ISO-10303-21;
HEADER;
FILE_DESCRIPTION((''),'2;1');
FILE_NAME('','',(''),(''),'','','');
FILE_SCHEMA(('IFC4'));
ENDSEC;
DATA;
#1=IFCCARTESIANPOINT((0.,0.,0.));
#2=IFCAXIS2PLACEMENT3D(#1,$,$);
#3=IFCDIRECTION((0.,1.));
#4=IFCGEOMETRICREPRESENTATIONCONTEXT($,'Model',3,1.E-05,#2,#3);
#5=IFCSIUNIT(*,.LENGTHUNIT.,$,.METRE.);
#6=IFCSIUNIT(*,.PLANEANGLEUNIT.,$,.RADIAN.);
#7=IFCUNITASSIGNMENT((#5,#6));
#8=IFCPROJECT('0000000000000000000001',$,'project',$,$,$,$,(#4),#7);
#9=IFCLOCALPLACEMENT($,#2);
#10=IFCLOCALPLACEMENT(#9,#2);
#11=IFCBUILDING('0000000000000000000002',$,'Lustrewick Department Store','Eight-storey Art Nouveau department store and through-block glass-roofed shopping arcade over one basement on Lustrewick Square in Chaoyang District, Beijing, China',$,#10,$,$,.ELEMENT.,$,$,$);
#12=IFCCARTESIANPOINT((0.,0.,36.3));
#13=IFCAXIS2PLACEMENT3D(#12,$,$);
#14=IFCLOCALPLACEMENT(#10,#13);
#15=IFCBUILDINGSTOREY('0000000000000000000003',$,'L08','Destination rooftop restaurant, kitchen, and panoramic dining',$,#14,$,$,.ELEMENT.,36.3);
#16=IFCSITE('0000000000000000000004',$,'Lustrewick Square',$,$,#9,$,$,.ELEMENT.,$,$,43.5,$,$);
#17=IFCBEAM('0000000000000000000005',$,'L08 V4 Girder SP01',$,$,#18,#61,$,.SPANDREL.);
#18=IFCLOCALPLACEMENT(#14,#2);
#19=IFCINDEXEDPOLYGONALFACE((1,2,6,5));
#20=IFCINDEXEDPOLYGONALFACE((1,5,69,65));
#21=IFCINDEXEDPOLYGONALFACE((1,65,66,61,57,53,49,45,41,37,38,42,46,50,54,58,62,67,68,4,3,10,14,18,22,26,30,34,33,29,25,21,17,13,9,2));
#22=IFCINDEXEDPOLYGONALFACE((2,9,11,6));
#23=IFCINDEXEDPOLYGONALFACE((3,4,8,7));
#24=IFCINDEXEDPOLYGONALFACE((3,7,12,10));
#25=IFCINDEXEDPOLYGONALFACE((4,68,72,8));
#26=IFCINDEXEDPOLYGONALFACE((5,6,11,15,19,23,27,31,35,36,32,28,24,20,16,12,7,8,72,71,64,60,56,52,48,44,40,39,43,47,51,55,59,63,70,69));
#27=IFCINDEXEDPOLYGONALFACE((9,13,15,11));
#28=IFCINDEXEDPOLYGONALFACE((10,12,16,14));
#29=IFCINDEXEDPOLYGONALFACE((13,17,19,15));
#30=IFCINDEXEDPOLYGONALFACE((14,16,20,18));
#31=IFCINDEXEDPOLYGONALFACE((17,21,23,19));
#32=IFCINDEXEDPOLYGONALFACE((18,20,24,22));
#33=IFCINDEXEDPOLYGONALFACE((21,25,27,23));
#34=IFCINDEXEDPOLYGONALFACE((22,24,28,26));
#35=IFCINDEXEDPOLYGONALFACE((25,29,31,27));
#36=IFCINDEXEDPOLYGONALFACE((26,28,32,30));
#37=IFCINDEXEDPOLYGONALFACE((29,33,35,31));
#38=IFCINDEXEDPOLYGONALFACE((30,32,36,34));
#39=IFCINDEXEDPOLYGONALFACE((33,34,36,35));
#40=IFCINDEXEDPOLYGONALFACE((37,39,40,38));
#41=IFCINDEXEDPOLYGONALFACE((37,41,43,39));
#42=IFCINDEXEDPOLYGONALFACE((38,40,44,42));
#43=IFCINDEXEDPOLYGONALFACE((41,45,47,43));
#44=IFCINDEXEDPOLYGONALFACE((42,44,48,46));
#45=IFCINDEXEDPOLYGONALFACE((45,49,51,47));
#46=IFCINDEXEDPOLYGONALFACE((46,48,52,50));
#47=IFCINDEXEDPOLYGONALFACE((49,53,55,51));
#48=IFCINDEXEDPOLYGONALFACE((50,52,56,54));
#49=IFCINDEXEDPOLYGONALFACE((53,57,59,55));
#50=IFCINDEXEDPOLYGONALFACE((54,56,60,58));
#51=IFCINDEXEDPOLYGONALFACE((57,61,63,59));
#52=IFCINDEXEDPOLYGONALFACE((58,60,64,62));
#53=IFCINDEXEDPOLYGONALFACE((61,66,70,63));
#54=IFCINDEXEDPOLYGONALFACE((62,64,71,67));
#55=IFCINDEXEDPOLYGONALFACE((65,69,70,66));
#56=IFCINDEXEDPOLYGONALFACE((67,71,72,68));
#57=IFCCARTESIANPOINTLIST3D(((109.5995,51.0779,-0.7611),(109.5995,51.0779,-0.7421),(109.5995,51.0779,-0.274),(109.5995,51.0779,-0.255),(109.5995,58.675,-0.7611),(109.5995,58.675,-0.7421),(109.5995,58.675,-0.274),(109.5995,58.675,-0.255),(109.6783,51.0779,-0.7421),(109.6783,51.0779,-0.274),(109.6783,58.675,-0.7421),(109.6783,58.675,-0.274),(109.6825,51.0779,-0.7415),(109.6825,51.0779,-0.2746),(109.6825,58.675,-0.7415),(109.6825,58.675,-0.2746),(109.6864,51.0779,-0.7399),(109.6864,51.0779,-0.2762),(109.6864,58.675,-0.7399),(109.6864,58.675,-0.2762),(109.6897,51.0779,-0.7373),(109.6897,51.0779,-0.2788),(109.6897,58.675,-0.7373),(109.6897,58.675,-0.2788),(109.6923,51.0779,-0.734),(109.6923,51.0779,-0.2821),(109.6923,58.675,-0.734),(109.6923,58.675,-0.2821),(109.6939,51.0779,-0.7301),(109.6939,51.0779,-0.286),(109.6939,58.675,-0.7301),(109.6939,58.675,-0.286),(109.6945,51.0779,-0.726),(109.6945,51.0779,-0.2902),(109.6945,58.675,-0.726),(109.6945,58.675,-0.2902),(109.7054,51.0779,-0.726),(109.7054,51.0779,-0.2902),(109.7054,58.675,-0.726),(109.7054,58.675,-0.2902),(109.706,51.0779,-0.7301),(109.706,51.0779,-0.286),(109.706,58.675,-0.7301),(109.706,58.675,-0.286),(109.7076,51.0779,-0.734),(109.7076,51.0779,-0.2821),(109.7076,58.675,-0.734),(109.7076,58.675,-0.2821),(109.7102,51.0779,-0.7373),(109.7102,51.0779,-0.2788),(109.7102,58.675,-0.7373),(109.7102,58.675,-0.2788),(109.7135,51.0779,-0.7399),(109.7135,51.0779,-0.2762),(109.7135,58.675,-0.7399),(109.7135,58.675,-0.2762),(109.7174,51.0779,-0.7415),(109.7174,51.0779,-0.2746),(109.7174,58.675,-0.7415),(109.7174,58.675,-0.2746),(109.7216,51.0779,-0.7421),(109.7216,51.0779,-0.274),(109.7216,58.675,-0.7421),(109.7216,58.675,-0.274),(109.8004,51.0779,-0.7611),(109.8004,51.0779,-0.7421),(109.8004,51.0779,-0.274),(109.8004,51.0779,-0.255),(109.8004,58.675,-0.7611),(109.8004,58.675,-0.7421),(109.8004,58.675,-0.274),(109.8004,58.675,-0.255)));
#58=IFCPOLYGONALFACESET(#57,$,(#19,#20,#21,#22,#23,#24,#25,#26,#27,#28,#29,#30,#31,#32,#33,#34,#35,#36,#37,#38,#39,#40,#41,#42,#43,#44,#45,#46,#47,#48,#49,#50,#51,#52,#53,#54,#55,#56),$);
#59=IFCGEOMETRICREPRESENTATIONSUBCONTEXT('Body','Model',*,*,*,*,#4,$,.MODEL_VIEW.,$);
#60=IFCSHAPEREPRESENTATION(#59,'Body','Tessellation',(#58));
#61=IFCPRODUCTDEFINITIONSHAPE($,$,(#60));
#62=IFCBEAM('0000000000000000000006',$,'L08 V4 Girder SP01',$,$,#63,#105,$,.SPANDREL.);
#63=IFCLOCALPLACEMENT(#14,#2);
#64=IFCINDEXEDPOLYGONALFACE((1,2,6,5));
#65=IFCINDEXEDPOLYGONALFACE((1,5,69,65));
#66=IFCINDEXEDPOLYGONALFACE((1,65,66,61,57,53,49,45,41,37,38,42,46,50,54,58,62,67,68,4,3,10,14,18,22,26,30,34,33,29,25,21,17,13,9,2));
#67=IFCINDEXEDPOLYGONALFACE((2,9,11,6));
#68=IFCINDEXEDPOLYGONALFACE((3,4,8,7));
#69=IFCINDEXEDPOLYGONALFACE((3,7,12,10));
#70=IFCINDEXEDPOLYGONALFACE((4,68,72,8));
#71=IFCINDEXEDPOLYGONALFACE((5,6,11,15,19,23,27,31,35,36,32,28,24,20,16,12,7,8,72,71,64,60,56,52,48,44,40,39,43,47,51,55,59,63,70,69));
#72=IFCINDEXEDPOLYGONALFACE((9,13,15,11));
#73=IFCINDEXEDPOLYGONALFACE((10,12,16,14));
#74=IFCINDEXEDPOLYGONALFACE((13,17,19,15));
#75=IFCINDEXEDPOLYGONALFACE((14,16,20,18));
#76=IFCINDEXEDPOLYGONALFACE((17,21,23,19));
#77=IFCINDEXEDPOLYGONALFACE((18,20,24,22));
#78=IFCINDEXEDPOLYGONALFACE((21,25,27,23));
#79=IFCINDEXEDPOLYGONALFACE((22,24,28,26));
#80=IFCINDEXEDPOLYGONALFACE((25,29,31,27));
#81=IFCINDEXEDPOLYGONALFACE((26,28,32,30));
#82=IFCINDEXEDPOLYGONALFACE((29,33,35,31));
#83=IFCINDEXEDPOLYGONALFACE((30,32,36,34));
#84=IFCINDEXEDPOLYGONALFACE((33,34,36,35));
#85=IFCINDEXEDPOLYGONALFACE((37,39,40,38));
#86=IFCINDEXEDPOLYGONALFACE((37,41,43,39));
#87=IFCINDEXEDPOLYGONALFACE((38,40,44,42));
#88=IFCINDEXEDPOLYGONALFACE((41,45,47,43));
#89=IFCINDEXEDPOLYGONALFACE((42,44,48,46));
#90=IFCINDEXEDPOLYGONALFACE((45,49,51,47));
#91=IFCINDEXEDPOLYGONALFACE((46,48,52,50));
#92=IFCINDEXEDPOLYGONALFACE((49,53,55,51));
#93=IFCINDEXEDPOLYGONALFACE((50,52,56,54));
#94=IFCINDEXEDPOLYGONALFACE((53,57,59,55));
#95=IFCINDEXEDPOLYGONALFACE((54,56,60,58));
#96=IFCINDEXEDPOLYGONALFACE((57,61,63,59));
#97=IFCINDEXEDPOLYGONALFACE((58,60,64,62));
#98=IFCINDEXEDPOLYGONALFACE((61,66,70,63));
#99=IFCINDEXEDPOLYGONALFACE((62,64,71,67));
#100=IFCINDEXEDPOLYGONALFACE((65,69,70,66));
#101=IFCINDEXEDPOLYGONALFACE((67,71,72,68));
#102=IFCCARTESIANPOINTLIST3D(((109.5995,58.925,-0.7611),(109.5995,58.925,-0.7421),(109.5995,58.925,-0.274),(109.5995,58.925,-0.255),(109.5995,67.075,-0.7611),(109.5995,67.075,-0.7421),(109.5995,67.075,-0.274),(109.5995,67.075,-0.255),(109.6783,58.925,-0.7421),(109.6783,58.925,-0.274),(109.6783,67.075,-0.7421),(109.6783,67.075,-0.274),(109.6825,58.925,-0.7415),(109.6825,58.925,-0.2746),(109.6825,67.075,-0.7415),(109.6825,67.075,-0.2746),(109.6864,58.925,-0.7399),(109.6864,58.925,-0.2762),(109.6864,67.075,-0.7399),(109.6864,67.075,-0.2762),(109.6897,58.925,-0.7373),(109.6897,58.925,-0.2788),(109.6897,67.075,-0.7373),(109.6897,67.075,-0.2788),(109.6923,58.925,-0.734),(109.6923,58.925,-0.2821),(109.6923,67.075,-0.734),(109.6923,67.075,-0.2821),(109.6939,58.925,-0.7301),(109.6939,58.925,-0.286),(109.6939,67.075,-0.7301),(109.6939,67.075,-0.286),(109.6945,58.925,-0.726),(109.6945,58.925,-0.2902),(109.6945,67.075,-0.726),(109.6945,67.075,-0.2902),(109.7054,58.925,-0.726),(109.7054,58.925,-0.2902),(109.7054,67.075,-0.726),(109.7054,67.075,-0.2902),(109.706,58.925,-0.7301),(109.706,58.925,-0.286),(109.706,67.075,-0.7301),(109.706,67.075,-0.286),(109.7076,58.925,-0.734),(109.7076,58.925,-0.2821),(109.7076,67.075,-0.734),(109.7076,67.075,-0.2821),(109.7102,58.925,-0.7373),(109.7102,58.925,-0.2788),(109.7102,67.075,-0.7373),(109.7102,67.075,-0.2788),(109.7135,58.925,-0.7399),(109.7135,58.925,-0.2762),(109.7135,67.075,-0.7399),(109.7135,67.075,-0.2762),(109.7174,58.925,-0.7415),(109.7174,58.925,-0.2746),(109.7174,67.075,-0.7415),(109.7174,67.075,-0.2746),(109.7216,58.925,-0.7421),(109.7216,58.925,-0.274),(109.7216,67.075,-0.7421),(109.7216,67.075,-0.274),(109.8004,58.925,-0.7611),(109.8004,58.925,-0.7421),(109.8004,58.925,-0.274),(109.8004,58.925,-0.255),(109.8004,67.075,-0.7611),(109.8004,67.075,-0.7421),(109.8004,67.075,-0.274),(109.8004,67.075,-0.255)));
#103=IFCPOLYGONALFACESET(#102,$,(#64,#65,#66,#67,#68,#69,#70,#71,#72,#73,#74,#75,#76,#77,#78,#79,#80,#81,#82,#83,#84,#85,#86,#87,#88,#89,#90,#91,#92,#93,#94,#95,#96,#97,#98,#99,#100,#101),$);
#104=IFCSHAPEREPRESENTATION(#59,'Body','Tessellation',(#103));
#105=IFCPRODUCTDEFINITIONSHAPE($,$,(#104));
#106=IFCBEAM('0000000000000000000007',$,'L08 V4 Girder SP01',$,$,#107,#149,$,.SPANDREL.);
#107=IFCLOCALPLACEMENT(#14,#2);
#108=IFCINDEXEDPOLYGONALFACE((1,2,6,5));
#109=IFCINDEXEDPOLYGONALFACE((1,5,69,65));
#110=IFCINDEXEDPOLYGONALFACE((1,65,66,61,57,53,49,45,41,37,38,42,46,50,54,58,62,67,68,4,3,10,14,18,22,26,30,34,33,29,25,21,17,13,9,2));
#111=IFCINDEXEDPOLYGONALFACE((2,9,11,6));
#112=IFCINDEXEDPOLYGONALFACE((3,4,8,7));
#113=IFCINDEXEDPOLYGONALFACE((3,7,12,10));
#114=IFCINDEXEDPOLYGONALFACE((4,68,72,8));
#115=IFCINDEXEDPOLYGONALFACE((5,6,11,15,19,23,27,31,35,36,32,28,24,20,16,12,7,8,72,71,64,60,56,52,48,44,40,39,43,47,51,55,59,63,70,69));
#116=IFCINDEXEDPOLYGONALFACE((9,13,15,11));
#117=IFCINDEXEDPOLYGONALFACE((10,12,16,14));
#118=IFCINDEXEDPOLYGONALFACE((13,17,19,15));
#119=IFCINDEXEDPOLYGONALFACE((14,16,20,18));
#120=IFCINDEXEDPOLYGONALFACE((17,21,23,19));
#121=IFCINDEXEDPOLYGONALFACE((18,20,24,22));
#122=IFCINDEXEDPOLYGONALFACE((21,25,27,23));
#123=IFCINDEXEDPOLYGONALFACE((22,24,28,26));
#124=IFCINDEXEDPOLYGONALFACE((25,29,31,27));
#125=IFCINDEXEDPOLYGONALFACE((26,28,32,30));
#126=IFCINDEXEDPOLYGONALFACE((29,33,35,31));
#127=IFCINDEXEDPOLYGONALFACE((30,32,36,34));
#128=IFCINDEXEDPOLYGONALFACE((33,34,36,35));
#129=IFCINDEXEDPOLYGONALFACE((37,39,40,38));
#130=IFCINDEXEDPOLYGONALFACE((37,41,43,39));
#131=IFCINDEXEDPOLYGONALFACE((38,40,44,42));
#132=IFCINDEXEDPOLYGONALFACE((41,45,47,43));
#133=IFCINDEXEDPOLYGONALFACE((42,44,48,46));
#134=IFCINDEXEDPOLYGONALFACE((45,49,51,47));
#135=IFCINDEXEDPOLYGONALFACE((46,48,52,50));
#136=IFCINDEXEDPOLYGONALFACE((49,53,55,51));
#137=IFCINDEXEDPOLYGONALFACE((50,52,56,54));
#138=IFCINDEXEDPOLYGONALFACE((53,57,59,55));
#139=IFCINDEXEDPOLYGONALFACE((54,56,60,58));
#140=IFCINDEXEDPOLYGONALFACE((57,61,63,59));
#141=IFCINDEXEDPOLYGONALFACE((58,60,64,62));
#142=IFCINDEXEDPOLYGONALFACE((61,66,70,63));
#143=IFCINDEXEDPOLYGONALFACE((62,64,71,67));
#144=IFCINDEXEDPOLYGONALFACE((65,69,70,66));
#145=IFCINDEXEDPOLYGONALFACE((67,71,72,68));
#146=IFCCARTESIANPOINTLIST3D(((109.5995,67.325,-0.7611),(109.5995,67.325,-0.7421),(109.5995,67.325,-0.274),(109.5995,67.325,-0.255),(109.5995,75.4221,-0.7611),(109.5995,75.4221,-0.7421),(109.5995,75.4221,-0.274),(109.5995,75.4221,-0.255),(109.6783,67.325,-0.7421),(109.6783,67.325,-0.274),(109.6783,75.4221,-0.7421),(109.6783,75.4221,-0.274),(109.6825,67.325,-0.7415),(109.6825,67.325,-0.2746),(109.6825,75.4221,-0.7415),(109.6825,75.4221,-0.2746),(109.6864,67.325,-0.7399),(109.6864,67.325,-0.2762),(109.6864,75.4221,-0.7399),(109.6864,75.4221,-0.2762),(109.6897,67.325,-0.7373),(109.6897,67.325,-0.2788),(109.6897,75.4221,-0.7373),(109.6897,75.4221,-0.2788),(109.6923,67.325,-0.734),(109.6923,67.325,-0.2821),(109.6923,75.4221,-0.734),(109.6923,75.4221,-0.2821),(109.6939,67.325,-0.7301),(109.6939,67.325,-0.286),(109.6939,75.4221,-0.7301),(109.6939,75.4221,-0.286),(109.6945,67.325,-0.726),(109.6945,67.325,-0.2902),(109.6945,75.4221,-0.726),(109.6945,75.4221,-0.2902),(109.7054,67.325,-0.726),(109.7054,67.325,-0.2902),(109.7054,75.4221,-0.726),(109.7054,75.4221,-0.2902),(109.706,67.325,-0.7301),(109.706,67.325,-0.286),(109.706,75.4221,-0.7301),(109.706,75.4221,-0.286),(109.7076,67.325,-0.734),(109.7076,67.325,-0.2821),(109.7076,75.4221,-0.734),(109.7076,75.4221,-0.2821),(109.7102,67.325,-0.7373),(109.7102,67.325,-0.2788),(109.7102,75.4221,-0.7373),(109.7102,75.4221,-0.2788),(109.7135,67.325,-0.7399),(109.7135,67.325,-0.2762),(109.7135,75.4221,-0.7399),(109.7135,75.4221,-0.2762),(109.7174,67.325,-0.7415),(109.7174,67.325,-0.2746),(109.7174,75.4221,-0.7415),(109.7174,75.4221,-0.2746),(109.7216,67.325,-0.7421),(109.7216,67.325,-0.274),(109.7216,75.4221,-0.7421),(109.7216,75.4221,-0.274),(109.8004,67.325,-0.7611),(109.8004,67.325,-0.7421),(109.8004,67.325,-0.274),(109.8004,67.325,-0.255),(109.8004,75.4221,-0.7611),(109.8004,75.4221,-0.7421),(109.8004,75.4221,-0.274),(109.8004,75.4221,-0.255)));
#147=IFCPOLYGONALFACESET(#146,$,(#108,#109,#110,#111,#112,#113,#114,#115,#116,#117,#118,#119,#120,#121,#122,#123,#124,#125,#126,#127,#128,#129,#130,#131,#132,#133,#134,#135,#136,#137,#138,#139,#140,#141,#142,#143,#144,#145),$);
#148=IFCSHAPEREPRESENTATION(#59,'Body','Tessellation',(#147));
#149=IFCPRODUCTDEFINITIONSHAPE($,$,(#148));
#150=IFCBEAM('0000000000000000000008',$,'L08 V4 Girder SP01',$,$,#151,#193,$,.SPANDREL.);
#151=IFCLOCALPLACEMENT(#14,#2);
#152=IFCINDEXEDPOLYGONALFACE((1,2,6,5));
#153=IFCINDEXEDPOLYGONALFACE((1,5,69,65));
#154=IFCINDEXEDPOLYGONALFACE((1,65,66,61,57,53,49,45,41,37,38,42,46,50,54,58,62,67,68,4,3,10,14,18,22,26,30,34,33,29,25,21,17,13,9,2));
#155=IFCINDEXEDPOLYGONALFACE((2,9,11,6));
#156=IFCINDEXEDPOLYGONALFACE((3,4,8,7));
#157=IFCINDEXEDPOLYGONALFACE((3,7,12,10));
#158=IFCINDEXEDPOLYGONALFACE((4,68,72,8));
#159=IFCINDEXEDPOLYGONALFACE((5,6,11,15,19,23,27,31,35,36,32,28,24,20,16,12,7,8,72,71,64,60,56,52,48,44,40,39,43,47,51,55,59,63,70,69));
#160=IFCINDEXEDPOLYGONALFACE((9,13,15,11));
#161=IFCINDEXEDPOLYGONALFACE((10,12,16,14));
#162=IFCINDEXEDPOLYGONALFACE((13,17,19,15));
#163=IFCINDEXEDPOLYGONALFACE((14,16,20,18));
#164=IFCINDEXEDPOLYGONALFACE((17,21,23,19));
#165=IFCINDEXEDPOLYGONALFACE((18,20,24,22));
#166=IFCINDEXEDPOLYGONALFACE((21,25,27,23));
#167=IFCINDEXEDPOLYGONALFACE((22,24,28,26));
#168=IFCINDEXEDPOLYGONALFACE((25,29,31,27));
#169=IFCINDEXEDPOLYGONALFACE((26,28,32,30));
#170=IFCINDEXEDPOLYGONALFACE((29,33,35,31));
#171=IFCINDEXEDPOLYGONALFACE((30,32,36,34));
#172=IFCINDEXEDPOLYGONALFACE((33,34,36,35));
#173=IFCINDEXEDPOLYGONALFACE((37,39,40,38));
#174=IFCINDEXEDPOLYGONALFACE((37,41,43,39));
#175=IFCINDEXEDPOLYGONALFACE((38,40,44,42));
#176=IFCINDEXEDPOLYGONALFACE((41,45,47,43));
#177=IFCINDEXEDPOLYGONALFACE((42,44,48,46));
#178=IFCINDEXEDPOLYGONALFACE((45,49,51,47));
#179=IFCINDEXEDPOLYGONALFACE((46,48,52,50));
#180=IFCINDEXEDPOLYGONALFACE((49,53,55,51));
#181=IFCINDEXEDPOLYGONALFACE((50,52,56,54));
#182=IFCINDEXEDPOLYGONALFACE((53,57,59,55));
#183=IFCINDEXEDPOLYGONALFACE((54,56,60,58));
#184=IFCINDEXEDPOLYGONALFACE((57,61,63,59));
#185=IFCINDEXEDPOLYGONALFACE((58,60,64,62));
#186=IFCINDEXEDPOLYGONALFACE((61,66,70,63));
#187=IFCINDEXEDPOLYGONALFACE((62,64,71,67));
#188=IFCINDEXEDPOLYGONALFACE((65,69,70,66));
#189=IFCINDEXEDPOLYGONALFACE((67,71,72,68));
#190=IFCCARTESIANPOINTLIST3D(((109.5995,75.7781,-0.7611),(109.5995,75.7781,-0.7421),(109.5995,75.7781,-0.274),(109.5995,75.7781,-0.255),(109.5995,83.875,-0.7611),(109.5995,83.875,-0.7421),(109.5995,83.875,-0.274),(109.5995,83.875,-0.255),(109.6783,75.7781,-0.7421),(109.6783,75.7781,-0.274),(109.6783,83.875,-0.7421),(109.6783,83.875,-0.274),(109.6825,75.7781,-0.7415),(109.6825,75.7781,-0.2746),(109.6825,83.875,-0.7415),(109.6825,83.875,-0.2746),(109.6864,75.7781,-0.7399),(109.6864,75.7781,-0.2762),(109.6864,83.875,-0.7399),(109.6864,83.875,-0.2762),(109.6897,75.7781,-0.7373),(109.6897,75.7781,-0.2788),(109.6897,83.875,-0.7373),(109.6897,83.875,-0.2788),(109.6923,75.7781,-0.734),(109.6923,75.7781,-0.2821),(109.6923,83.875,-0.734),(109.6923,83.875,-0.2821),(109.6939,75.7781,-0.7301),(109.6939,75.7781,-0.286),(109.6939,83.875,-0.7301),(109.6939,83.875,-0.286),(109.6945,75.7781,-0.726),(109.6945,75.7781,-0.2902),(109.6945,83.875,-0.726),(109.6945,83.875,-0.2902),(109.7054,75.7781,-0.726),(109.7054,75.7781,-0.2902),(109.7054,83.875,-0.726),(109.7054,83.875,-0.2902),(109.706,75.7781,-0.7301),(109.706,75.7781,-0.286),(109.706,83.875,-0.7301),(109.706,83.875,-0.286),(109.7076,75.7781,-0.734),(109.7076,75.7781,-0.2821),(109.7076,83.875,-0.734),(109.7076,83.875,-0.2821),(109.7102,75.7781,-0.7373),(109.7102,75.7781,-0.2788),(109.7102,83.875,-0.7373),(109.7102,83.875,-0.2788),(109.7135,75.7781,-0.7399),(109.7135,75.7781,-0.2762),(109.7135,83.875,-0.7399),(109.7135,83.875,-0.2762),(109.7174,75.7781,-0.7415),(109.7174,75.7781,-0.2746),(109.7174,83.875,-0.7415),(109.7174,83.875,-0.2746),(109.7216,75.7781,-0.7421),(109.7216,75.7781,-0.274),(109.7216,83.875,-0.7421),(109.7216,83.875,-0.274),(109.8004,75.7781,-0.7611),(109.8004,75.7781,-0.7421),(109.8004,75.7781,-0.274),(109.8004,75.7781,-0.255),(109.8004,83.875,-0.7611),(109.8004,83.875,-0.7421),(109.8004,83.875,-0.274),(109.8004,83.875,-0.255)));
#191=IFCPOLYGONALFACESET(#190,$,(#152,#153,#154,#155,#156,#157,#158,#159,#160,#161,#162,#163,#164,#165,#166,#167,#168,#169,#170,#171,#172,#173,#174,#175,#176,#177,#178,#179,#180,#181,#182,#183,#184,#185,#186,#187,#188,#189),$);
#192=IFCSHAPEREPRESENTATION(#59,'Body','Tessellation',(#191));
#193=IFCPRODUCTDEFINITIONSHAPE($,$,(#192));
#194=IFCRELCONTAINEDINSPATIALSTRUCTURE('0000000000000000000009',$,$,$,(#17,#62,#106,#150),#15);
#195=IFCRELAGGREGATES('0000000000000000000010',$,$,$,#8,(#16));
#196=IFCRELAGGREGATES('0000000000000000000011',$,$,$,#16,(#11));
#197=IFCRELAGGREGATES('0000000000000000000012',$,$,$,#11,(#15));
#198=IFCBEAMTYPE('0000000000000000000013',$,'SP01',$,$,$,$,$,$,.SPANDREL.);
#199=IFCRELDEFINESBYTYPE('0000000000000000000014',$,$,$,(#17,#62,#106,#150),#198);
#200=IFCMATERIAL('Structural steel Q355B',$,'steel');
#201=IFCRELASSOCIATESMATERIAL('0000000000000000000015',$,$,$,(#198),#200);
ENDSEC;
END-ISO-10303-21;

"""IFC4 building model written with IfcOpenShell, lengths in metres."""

from ifc_helpers import new_model, si_unit, direction, frame, origin, origin_2d, place, context, subcontext, project, spatial, i_section, extrude, material, material_profile, profile_set, type_object, element, save


model = new_model("IFC4")

# Units and contexts
model_context = context("Model", 3, precision=1e-05, world=origin(), true_north=direction((0.0, 1.0)))
body_context = subcontext(model_context, "Body", "Model", "MODEL_VIEW")
ifc_project = project(units=[si_unit("LENGTHUNIT", "METRE"), si_unit("PLANEANGLEUNIT", "RADIAN")], contexts=[model_context])

# Site, building, storey
site_placement = place(None, origin())
site = spatial("IfcSite", under=ifc_project, at=site_placement, Name="Lustrewick Square", CompositionType="ELEMENT", RefElevation=43.5)
building_placement = place(site_placement, origin())
building = spatial("IfcBuilding", under=site, at=building_placement, Name="Lustrewick Department Store", Description="Eight-storey Art Nouveau department store and through-block glass-roofed shopping arcade over one basement on Lustrewick Square in Chaoyang District, Beijing, China", CompositionType="ELEMENT")
storey_placement = place(building_placement, frame((0.0, 0.0, 36.3)))
storey = spatial("IfcBuildingStorey", under=building, at=storey_placement, Name="L08", Description="Destination rooftop restaurant, kitchen, and panoramic dining", CompositionType="ELEMENT", Elevation=36.3)

# Beams
ifc_material_1 = material(Name="Structural steel Q355B", Category="steel")
ifc_material_profile = material_profile(ifc_material_1, i_section(OverallWidth=0.2009, OverallDepth=0.5061, WebThickness=0.011, FlangeThickness=0.019, FilletRadius=0.0161, at=origin_2d()), Name="HN 506x201x11x19")
ifc_profile_set = profile_set([ifc_material_profile], Name="Structural steel Q355B")
beam_type = type_object("IfcBeamType", Name="SP01", PredefinedType="SPANDREL", material=ifc_profile_set)
beam_1_placement = place(storey_placement, frame((109.7, 51.0779, -0.5081), z_axis=(0.0, 1.0, 0.0), x_axis=(-1.0, 0.0, 0.0)))
element("IfcBeam", 1, at=beam_1_placement, inside=storey, type_object=beam_type, Name="L08 V4 Girder SP01", PredefinedType="SPANDREL", context=body_context, shape_type="SweptSolid", body=[
    extrude(i_section(OverallWidth=0.2009, OverallDepth=0.5061, WebThickness=0.011, FlangeThickness=0.019, FilletRadius=0.0161, at=origin_2d()), origin(), (0.0, 0.0, 1.0), 7.5972),
])
beam_2_placement = place(storey_placement, frame((109.7, 58.925, -0.5081), z_axis=(0.0, 1.0, 0.0), x_axis=(-1.0, 0.0, 0.0)))
element("IfcBeam", 2, at=beam_2_placement, inside=storey, type_object=beam_type, Name="L08 V4 Girder SP01", PredefinedType="SPANDREL", context=body_context, shape_type="SweptSolid", body=[
    extrude(i_section(OverallWidth=0.2009, OverallDepth=0.5061, WebThickness=0.011, FlangeThickness=0.019, FilletRadius=0.0161, at=origin_2d()), origin(), (0.0, 0.0, 1.0), 8.1499),
])
beam_3_placement = place(storey_placement, frame((109.7, 67.325, -0.5081), z_axis=(0.0, 1.0, 0.0), x_axis=(-1.0, 0.0, 0.0)))
element("IfcBeam", 3, at=beam_3_placement, inside=storey, type_object=beam_type, Name="L08 V4 Girder SP01", PredefinedType="SPANDREL", context=body_context, shape_type="SweptSolid", body=[
    extrude(i_section(OverallWidth=0.2009, OverallDepth=0.5061, WebThickness=0.011, FlangeThickness=0.019, FilletRadius=0.0161, at=origin_2d()), origin(), (0.0, 0.0, 1.0), 8.0972),
])
beam_4_placement = place(storey_placement, frame((109.7, 75.7781, -0.5081), z_axis=(0.0, 1.0, 0.0), x_axis=(-1.0, 0.0, 0.0)))
element("IfcBeam", 4, at=beam_4_placement, inside=storey, type_object=beam_type, Name="L08 V4 Girder SP01", PredefinedType="SPANDREL", context=body_context, shape_type="SweptSolid", body=[
    extrude(i_section(OverallWidth=0.2009, OverallDepth=0.5061, WebThickness=0.011, FlangeThickness=0.019, FilletRadius=0.0161, at=origin_2d()), origin(), (0.0, 0.0, 1.0), 8.0969),
])

save(model, "model.ifc")
